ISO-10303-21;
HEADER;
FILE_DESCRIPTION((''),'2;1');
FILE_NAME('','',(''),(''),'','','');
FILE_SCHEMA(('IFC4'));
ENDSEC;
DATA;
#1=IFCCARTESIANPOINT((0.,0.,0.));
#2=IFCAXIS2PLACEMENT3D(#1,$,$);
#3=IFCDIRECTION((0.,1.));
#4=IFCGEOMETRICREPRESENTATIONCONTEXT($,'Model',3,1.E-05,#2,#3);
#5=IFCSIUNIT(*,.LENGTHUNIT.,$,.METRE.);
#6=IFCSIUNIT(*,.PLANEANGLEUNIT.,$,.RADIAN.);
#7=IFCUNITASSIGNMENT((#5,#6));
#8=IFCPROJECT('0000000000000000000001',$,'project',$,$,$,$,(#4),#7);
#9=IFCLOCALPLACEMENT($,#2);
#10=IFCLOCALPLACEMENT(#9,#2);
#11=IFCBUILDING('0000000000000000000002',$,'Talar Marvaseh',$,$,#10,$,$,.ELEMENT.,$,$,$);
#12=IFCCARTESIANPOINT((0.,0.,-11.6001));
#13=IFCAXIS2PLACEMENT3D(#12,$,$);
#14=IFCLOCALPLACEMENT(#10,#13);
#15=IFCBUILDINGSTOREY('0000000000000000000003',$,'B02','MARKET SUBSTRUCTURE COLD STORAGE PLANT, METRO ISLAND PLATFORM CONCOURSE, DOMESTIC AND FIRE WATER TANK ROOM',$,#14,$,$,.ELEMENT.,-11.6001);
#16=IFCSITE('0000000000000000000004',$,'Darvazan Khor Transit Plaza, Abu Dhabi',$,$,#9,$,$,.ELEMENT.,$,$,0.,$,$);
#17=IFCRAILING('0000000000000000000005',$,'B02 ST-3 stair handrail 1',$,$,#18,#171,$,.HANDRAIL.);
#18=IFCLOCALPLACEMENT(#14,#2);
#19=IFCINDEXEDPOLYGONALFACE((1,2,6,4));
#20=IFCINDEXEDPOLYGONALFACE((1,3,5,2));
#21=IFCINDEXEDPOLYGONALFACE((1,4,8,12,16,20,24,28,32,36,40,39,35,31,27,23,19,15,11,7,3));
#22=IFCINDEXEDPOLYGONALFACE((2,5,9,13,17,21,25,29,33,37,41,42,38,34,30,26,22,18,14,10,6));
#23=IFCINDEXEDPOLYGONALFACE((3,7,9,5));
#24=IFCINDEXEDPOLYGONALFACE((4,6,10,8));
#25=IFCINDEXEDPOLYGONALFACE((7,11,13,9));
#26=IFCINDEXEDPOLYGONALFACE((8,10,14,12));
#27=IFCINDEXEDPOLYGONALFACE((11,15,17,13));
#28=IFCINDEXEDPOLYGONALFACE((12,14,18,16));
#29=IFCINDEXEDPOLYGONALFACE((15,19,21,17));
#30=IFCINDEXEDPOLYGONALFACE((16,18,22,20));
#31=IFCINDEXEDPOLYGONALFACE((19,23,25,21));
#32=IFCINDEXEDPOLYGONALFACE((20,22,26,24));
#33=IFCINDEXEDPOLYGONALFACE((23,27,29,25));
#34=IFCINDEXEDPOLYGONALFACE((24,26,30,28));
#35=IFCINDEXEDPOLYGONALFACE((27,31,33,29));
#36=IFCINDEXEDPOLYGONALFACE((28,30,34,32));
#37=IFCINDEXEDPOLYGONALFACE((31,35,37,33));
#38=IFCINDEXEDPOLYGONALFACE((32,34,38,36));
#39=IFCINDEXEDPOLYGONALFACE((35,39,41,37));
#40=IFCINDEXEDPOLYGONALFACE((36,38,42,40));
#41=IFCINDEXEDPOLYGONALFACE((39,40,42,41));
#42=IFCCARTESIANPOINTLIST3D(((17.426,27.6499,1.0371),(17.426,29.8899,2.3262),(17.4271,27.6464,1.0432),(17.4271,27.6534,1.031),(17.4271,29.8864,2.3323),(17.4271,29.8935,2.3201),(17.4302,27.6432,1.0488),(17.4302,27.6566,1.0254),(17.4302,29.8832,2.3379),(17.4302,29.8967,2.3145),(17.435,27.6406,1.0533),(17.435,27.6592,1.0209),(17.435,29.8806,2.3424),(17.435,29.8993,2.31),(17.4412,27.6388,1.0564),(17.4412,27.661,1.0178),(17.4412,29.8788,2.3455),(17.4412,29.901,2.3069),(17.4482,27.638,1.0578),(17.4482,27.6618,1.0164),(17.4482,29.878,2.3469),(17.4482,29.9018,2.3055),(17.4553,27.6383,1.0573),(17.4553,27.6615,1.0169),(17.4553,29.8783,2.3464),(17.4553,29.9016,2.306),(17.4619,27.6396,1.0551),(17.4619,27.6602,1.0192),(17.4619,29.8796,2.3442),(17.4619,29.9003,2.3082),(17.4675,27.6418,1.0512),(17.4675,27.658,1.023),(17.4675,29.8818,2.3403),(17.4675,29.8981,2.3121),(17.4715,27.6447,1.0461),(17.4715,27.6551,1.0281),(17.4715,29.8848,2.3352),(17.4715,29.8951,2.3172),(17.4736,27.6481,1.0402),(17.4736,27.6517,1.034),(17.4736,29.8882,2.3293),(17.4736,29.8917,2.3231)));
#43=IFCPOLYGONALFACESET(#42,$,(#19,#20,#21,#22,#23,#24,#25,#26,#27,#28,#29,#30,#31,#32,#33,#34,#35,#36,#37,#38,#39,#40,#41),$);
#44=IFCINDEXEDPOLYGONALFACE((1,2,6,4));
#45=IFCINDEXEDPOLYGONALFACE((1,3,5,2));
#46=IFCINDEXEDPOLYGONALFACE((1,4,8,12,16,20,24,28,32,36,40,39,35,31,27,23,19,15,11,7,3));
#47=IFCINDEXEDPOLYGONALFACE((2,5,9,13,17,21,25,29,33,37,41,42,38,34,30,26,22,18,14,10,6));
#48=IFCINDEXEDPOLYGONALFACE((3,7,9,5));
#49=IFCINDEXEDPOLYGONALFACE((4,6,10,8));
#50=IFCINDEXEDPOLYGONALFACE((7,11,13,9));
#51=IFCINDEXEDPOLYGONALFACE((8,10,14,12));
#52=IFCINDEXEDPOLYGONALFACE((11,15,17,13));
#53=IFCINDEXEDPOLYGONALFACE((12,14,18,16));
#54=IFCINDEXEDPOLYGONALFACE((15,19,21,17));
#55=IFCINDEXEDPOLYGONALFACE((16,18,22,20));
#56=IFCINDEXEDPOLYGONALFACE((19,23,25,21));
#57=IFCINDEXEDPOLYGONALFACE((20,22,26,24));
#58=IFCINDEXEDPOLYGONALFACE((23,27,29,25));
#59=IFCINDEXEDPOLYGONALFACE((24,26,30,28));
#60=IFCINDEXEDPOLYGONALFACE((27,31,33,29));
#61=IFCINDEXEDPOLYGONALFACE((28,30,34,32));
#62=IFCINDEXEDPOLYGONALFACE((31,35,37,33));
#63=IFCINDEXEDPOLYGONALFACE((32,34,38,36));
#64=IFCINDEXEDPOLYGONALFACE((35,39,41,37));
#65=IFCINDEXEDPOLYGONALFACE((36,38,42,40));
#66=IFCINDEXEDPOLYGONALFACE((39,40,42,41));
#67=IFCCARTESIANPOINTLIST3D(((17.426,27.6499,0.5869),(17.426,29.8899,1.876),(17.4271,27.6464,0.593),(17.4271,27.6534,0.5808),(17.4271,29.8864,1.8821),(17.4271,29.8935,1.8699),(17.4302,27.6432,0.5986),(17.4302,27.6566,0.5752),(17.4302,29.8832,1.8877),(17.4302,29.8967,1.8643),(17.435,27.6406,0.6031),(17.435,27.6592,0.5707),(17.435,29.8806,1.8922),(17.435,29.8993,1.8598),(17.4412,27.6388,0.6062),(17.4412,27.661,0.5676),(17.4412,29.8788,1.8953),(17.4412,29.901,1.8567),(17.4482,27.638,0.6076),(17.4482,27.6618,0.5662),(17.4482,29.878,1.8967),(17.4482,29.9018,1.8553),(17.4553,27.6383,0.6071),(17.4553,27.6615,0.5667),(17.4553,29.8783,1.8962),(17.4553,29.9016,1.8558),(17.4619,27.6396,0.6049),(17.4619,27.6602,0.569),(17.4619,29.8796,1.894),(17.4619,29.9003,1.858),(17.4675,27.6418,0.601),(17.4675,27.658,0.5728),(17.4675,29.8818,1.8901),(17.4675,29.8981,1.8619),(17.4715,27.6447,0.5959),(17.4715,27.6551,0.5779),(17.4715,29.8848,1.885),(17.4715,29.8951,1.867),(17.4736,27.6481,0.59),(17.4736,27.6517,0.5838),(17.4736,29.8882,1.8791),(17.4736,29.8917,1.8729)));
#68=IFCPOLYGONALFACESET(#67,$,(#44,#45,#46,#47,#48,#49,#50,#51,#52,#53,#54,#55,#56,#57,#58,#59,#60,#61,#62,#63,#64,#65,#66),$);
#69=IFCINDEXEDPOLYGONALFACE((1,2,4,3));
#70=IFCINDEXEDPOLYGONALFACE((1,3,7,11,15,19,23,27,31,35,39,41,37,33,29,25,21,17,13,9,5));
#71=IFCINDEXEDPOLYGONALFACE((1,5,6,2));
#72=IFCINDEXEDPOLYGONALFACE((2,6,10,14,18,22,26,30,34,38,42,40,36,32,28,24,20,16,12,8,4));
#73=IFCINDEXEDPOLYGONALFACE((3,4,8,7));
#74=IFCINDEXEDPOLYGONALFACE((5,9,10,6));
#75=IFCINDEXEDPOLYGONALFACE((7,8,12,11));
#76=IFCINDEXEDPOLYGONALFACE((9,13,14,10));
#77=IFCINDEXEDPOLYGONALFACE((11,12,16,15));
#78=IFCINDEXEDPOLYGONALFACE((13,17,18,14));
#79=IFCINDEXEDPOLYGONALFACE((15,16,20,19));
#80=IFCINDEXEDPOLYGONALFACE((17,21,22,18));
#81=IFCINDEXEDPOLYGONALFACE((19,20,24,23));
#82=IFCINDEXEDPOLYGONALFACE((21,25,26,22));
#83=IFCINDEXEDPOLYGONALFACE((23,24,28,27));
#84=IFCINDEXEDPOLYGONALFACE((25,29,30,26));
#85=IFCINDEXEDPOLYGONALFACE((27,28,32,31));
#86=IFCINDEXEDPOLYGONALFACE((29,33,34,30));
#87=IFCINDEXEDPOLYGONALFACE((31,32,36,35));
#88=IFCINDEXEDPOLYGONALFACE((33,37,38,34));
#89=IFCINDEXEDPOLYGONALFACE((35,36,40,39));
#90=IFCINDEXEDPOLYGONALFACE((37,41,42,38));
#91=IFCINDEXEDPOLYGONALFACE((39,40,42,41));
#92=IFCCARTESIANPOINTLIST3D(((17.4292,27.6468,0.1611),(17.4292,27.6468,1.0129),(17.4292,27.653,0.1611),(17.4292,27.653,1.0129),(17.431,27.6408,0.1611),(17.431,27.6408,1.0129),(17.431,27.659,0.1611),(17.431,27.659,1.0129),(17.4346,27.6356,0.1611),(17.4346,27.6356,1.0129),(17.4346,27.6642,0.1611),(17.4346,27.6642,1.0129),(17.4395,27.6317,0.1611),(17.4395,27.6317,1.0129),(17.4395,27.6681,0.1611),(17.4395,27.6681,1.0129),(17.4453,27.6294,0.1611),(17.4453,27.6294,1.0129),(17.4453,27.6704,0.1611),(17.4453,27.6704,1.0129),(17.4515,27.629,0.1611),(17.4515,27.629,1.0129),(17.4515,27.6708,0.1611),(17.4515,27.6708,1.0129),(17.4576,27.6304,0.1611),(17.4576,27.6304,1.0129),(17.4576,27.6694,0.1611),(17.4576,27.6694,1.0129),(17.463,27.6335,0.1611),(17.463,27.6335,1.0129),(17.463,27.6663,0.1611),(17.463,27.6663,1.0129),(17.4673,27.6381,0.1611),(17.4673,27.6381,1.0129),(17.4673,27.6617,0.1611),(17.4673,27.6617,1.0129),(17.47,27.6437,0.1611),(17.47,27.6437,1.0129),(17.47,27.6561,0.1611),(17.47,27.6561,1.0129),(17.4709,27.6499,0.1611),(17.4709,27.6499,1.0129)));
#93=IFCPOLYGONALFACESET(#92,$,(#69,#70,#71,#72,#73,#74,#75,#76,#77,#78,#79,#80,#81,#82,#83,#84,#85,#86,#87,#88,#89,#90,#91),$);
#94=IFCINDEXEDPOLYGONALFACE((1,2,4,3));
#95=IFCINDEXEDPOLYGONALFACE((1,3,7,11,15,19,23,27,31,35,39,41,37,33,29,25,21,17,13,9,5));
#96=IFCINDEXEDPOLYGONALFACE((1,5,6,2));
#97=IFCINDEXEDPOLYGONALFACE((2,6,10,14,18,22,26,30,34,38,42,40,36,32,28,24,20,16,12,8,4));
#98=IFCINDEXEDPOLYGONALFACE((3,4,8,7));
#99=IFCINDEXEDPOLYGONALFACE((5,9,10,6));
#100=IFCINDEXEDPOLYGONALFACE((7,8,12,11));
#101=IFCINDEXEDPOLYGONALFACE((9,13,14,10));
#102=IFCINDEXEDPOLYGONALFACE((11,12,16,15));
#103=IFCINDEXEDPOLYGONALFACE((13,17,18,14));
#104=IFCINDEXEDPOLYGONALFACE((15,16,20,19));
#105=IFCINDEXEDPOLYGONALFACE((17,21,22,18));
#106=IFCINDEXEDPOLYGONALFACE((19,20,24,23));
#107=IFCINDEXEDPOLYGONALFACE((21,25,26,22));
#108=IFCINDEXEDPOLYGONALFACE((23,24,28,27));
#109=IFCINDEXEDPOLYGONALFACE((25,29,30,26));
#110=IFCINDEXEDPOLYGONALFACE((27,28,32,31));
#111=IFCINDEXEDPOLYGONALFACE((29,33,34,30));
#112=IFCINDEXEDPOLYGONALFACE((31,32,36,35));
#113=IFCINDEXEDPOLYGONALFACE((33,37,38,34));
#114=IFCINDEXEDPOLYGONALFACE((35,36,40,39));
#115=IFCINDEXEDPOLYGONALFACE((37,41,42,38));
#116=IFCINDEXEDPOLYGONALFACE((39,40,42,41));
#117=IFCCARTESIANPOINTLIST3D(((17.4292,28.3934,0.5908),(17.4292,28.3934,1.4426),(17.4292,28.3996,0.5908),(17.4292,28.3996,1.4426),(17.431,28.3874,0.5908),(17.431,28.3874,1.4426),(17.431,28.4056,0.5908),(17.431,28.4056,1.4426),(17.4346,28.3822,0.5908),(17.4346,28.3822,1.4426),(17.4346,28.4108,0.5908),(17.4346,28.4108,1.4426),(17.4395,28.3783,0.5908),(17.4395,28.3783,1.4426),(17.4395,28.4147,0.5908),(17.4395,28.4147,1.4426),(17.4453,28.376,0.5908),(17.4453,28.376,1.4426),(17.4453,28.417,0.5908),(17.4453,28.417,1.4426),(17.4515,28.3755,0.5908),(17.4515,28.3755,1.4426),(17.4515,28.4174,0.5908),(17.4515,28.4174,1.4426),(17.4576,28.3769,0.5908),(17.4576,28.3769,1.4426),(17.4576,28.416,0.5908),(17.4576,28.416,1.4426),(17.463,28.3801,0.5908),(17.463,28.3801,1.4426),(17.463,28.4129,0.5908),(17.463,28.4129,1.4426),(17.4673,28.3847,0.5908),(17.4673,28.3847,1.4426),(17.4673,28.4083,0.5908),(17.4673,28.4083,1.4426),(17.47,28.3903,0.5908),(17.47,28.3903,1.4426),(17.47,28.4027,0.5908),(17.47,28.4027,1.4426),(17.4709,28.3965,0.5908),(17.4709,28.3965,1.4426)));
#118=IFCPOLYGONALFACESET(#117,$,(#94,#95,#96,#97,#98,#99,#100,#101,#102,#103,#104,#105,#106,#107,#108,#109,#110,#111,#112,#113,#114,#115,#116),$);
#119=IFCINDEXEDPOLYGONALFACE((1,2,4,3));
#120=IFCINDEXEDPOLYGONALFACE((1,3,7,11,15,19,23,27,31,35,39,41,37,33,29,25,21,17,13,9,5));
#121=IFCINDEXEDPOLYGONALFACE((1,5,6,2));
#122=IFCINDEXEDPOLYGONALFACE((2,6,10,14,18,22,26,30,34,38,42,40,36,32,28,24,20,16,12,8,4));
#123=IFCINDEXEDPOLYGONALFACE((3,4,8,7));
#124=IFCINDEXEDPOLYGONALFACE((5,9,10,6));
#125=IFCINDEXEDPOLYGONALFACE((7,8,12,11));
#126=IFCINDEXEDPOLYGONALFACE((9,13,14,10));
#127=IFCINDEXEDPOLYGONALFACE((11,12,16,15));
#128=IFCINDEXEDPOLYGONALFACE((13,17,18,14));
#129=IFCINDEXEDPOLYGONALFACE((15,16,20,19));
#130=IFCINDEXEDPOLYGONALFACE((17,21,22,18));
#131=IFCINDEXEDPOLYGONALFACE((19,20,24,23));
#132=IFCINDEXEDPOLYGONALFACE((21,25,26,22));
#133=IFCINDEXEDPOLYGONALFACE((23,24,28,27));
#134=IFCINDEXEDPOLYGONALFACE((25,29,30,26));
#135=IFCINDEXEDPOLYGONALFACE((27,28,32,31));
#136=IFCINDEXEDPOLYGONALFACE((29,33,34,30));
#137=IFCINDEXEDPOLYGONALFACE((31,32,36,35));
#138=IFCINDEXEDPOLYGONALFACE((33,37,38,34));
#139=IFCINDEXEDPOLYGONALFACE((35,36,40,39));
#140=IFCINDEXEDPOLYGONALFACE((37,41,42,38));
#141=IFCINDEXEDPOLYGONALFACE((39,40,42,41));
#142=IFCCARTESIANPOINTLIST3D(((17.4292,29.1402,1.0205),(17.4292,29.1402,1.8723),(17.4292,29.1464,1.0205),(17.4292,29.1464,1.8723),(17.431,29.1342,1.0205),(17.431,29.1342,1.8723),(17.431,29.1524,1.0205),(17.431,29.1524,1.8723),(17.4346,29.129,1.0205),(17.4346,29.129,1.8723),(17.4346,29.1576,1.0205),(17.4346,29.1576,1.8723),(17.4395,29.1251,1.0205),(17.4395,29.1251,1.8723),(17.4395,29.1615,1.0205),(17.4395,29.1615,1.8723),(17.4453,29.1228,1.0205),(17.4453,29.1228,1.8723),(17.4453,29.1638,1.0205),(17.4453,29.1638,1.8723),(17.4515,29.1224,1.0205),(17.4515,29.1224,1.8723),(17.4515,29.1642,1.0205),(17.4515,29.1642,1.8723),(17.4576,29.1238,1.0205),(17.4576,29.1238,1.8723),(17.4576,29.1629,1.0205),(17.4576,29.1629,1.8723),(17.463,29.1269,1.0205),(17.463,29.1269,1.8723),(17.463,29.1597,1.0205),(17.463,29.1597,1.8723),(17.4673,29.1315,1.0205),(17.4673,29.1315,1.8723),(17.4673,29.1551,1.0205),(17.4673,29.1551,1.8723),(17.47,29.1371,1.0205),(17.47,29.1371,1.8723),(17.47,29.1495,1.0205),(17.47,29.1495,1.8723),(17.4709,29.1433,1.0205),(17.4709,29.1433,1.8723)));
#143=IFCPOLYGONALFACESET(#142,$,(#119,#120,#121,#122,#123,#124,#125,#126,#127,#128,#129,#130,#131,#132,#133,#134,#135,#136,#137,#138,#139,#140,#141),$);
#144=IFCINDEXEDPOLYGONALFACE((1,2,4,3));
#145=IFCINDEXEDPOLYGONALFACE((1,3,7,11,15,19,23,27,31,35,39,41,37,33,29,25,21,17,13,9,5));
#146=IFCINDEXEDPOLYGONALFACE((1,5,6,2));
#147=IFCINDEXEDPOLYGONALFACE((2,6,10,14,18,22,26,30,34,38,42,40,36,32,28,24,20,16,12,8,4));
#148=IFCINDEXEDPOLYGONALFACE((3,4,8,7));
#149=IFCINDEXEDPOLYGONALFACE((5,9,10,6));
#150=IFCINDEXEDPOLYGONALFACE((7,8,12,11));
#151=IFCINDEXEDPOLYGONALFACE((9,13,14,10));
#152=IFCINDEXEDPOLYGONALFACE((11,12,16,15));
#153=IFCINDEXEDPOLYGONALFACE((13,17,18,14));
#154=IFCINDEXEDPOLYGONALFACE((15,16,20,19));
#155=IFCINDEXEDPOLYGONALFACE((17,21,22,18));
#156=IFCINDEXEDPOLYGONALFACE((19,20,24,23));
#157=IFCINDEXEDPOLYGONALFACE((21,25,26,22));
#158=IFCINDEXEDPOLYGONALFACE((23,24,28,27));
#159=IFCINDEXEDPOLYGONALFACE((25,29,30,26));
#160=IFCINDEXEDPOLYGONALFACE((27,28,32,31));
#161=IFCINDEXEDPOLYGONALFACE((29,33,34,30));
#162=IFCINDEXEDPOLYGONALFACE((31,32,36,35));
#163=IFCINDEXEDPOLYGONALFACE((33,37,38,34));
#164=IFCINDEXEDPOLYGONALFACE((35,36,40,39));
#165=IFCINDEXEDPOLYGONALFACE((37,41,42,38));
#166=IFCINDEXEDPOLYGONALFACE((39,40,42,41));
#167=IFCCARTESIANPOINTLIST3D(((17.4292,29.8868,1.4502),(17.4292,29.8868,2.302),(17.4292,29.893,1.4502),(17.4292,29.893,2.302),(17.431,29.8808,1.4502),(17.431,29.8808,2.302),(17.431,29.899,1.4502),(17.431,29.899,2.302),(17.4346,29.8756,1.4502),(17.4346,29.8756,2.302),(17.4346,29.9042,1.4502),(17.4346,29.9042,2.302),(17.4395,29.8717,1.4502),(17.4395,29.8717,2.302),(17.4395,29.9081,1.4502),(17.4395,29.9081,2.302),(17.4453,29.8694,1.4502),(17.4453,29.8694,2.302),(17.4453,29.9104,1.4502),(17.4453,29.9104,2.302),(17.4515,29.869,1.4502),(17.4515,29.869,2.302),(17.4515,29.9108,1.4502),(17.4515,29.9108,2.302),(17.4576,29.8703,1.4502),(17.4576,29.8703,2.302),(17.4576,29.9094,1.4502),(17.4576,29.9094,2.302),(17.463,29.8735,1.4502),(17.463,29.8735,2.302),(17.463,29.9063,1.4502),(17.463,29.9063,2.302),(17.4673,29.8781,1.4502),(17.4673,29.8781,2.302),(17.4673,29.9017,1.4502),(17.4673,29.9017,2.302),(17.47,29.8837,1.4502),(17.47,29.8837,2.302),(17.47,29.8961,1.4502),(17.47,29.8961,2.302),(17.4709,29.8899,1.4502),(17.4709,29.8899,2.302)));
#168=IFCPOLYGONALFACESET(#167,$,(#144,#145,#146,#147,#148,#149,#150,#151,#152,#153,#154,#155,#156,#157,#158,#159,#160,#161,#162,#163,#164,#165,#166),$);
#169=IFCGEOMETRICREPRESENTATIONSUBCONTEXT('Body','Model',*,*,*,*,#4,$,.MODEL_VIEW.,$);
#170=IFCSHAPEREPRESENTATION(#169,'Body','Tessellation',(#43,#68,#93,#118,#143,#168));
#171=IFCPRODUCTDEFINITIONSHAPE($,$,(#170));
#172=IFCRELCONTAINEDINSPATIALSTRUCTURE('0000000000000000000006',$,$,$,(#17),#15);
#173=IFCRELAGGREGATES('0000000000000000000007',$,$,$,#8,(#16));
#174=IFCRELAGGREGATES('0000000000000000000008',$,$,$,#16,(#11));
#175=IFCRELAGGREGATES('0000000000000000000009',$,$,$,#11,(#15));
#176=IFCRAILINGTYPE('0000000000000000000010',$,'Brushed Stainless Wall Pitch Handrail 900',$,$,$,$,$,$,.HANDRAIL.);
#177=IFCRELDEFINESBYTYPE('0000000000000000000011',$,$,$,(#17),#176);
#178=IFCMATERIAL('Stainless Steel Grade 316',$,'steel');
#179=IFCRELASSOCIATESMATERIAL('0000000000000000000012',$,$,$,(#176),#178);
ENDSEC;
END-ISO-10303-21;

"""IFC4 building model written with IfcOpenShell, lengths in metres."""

from ifc_helpers import new_model, si_unit, direction, frame, origin, origin_2d, place, context, subcontext, project, spatial, circle, extrude, material, type_object, element, save


model = new_model("IFC4")

# Units and contexts
model_context = context("Model", 3, precision=1e-05, world=origin(), true_north=direction((0.0, 1.0)))
body_context = subcontext(model_context, "Body", "Model", "MODEL_VIEW")
ifc_project = project(units=[si_unit("LENGTHUNIT", "METRE"), si_unit("PLANEANGLEUNIT", "RADIAN")], contexts=[model_context])

# Site, building, storey
site_placement = place(None, origin())
site = spatial("IfcSite", under=ifc_project, at=site_placement, Name="Darvazan Khor Transit Plaza, Abu Dhabi", CompositionType="ELEMENT", RefElevation=0.0)
building_placement = place(site_placement, origin())
building = spatial("IfcBuilding", under=site, at=building_placement, Name="Talar Marvaseh", CompositionType="ELEMENT")
storey_placement = place(building_placement, frame((0.0, 0.0, -11.6001)))
storey = spatial("IfcBuildingStorey", under=building, at=storey_placement, Name="B02", Description="MARKET SUBSTRUCTURE COLD STORAGE PLANT, METRO ISLAND PLATFORM CONCOURSE, DOMESTIC AND FIRE WATER TANK ROOM", CompositionType="ELEMENT", Elevation=-11.6001)

# Railing
ifc_material_1 = material(Name="Stainless Steel Grade 316", Category="steel")
railing_type_1 = type_object("IfcRailingType", Name="Brushed Stainless Wall Pitch Handrail 900", PredefinedType="HANDRAIL", material=ifc_material_1)
railing_1_placement = place(storey_placement, frame((17.45, 27.6499, 0.1611)))
element("IfcRailing", 1, at=railing_1_placement, inside=storey, type_object=railing_type_1, Name="B02 ST-3 stair handrail 1", PredefinedType="HANDRAIL", context=body_context, shape_type="SweptSolid", body=[
    extrude(circle(Radius=0.0239, at=origin_2d()), frame((0.0, 0.0, 0.876), z_axis=(0.0, 0.866728, 0.498782), x_axis=(-1.0, 0.0, 0.0)), (0.0, 0.0, 1.0), 2.5845),
    extrude(circle(Radius=0.0239, at=origin_2d()), frame((0.0, 0.0, 0.4258), z_axis=(0.0, 0.866728, 0.498782), x_axis=(-1.0, 0.0, 0.0)), (0.0, 0.0, 1.0), 2.5845),
    extrude(circle(Radius=0.021, at=origin_2d()), origin(), (0.0, 0.0, 1.0), 0.8518),
    extrude(circle(Radius=0.021, at=origin_2d()), frame((0.0, 0.7466, 0.4297)), (0.0, 0.0, 1.0), 0.8518),
    extrude(circle(Radius=0.021, at=origin_2d()), frame((0.0, 1.4934, 0.8594)), (0.0, 0.0, 1.0), 0.8518),
    extrude(circle(Radius=0.021, at=origin_2d()), frame((0.0, 2.24, 1.2891)), (0.0, 0.0, 1.0), 0.8518),
])

save(model, "model.ifc")
